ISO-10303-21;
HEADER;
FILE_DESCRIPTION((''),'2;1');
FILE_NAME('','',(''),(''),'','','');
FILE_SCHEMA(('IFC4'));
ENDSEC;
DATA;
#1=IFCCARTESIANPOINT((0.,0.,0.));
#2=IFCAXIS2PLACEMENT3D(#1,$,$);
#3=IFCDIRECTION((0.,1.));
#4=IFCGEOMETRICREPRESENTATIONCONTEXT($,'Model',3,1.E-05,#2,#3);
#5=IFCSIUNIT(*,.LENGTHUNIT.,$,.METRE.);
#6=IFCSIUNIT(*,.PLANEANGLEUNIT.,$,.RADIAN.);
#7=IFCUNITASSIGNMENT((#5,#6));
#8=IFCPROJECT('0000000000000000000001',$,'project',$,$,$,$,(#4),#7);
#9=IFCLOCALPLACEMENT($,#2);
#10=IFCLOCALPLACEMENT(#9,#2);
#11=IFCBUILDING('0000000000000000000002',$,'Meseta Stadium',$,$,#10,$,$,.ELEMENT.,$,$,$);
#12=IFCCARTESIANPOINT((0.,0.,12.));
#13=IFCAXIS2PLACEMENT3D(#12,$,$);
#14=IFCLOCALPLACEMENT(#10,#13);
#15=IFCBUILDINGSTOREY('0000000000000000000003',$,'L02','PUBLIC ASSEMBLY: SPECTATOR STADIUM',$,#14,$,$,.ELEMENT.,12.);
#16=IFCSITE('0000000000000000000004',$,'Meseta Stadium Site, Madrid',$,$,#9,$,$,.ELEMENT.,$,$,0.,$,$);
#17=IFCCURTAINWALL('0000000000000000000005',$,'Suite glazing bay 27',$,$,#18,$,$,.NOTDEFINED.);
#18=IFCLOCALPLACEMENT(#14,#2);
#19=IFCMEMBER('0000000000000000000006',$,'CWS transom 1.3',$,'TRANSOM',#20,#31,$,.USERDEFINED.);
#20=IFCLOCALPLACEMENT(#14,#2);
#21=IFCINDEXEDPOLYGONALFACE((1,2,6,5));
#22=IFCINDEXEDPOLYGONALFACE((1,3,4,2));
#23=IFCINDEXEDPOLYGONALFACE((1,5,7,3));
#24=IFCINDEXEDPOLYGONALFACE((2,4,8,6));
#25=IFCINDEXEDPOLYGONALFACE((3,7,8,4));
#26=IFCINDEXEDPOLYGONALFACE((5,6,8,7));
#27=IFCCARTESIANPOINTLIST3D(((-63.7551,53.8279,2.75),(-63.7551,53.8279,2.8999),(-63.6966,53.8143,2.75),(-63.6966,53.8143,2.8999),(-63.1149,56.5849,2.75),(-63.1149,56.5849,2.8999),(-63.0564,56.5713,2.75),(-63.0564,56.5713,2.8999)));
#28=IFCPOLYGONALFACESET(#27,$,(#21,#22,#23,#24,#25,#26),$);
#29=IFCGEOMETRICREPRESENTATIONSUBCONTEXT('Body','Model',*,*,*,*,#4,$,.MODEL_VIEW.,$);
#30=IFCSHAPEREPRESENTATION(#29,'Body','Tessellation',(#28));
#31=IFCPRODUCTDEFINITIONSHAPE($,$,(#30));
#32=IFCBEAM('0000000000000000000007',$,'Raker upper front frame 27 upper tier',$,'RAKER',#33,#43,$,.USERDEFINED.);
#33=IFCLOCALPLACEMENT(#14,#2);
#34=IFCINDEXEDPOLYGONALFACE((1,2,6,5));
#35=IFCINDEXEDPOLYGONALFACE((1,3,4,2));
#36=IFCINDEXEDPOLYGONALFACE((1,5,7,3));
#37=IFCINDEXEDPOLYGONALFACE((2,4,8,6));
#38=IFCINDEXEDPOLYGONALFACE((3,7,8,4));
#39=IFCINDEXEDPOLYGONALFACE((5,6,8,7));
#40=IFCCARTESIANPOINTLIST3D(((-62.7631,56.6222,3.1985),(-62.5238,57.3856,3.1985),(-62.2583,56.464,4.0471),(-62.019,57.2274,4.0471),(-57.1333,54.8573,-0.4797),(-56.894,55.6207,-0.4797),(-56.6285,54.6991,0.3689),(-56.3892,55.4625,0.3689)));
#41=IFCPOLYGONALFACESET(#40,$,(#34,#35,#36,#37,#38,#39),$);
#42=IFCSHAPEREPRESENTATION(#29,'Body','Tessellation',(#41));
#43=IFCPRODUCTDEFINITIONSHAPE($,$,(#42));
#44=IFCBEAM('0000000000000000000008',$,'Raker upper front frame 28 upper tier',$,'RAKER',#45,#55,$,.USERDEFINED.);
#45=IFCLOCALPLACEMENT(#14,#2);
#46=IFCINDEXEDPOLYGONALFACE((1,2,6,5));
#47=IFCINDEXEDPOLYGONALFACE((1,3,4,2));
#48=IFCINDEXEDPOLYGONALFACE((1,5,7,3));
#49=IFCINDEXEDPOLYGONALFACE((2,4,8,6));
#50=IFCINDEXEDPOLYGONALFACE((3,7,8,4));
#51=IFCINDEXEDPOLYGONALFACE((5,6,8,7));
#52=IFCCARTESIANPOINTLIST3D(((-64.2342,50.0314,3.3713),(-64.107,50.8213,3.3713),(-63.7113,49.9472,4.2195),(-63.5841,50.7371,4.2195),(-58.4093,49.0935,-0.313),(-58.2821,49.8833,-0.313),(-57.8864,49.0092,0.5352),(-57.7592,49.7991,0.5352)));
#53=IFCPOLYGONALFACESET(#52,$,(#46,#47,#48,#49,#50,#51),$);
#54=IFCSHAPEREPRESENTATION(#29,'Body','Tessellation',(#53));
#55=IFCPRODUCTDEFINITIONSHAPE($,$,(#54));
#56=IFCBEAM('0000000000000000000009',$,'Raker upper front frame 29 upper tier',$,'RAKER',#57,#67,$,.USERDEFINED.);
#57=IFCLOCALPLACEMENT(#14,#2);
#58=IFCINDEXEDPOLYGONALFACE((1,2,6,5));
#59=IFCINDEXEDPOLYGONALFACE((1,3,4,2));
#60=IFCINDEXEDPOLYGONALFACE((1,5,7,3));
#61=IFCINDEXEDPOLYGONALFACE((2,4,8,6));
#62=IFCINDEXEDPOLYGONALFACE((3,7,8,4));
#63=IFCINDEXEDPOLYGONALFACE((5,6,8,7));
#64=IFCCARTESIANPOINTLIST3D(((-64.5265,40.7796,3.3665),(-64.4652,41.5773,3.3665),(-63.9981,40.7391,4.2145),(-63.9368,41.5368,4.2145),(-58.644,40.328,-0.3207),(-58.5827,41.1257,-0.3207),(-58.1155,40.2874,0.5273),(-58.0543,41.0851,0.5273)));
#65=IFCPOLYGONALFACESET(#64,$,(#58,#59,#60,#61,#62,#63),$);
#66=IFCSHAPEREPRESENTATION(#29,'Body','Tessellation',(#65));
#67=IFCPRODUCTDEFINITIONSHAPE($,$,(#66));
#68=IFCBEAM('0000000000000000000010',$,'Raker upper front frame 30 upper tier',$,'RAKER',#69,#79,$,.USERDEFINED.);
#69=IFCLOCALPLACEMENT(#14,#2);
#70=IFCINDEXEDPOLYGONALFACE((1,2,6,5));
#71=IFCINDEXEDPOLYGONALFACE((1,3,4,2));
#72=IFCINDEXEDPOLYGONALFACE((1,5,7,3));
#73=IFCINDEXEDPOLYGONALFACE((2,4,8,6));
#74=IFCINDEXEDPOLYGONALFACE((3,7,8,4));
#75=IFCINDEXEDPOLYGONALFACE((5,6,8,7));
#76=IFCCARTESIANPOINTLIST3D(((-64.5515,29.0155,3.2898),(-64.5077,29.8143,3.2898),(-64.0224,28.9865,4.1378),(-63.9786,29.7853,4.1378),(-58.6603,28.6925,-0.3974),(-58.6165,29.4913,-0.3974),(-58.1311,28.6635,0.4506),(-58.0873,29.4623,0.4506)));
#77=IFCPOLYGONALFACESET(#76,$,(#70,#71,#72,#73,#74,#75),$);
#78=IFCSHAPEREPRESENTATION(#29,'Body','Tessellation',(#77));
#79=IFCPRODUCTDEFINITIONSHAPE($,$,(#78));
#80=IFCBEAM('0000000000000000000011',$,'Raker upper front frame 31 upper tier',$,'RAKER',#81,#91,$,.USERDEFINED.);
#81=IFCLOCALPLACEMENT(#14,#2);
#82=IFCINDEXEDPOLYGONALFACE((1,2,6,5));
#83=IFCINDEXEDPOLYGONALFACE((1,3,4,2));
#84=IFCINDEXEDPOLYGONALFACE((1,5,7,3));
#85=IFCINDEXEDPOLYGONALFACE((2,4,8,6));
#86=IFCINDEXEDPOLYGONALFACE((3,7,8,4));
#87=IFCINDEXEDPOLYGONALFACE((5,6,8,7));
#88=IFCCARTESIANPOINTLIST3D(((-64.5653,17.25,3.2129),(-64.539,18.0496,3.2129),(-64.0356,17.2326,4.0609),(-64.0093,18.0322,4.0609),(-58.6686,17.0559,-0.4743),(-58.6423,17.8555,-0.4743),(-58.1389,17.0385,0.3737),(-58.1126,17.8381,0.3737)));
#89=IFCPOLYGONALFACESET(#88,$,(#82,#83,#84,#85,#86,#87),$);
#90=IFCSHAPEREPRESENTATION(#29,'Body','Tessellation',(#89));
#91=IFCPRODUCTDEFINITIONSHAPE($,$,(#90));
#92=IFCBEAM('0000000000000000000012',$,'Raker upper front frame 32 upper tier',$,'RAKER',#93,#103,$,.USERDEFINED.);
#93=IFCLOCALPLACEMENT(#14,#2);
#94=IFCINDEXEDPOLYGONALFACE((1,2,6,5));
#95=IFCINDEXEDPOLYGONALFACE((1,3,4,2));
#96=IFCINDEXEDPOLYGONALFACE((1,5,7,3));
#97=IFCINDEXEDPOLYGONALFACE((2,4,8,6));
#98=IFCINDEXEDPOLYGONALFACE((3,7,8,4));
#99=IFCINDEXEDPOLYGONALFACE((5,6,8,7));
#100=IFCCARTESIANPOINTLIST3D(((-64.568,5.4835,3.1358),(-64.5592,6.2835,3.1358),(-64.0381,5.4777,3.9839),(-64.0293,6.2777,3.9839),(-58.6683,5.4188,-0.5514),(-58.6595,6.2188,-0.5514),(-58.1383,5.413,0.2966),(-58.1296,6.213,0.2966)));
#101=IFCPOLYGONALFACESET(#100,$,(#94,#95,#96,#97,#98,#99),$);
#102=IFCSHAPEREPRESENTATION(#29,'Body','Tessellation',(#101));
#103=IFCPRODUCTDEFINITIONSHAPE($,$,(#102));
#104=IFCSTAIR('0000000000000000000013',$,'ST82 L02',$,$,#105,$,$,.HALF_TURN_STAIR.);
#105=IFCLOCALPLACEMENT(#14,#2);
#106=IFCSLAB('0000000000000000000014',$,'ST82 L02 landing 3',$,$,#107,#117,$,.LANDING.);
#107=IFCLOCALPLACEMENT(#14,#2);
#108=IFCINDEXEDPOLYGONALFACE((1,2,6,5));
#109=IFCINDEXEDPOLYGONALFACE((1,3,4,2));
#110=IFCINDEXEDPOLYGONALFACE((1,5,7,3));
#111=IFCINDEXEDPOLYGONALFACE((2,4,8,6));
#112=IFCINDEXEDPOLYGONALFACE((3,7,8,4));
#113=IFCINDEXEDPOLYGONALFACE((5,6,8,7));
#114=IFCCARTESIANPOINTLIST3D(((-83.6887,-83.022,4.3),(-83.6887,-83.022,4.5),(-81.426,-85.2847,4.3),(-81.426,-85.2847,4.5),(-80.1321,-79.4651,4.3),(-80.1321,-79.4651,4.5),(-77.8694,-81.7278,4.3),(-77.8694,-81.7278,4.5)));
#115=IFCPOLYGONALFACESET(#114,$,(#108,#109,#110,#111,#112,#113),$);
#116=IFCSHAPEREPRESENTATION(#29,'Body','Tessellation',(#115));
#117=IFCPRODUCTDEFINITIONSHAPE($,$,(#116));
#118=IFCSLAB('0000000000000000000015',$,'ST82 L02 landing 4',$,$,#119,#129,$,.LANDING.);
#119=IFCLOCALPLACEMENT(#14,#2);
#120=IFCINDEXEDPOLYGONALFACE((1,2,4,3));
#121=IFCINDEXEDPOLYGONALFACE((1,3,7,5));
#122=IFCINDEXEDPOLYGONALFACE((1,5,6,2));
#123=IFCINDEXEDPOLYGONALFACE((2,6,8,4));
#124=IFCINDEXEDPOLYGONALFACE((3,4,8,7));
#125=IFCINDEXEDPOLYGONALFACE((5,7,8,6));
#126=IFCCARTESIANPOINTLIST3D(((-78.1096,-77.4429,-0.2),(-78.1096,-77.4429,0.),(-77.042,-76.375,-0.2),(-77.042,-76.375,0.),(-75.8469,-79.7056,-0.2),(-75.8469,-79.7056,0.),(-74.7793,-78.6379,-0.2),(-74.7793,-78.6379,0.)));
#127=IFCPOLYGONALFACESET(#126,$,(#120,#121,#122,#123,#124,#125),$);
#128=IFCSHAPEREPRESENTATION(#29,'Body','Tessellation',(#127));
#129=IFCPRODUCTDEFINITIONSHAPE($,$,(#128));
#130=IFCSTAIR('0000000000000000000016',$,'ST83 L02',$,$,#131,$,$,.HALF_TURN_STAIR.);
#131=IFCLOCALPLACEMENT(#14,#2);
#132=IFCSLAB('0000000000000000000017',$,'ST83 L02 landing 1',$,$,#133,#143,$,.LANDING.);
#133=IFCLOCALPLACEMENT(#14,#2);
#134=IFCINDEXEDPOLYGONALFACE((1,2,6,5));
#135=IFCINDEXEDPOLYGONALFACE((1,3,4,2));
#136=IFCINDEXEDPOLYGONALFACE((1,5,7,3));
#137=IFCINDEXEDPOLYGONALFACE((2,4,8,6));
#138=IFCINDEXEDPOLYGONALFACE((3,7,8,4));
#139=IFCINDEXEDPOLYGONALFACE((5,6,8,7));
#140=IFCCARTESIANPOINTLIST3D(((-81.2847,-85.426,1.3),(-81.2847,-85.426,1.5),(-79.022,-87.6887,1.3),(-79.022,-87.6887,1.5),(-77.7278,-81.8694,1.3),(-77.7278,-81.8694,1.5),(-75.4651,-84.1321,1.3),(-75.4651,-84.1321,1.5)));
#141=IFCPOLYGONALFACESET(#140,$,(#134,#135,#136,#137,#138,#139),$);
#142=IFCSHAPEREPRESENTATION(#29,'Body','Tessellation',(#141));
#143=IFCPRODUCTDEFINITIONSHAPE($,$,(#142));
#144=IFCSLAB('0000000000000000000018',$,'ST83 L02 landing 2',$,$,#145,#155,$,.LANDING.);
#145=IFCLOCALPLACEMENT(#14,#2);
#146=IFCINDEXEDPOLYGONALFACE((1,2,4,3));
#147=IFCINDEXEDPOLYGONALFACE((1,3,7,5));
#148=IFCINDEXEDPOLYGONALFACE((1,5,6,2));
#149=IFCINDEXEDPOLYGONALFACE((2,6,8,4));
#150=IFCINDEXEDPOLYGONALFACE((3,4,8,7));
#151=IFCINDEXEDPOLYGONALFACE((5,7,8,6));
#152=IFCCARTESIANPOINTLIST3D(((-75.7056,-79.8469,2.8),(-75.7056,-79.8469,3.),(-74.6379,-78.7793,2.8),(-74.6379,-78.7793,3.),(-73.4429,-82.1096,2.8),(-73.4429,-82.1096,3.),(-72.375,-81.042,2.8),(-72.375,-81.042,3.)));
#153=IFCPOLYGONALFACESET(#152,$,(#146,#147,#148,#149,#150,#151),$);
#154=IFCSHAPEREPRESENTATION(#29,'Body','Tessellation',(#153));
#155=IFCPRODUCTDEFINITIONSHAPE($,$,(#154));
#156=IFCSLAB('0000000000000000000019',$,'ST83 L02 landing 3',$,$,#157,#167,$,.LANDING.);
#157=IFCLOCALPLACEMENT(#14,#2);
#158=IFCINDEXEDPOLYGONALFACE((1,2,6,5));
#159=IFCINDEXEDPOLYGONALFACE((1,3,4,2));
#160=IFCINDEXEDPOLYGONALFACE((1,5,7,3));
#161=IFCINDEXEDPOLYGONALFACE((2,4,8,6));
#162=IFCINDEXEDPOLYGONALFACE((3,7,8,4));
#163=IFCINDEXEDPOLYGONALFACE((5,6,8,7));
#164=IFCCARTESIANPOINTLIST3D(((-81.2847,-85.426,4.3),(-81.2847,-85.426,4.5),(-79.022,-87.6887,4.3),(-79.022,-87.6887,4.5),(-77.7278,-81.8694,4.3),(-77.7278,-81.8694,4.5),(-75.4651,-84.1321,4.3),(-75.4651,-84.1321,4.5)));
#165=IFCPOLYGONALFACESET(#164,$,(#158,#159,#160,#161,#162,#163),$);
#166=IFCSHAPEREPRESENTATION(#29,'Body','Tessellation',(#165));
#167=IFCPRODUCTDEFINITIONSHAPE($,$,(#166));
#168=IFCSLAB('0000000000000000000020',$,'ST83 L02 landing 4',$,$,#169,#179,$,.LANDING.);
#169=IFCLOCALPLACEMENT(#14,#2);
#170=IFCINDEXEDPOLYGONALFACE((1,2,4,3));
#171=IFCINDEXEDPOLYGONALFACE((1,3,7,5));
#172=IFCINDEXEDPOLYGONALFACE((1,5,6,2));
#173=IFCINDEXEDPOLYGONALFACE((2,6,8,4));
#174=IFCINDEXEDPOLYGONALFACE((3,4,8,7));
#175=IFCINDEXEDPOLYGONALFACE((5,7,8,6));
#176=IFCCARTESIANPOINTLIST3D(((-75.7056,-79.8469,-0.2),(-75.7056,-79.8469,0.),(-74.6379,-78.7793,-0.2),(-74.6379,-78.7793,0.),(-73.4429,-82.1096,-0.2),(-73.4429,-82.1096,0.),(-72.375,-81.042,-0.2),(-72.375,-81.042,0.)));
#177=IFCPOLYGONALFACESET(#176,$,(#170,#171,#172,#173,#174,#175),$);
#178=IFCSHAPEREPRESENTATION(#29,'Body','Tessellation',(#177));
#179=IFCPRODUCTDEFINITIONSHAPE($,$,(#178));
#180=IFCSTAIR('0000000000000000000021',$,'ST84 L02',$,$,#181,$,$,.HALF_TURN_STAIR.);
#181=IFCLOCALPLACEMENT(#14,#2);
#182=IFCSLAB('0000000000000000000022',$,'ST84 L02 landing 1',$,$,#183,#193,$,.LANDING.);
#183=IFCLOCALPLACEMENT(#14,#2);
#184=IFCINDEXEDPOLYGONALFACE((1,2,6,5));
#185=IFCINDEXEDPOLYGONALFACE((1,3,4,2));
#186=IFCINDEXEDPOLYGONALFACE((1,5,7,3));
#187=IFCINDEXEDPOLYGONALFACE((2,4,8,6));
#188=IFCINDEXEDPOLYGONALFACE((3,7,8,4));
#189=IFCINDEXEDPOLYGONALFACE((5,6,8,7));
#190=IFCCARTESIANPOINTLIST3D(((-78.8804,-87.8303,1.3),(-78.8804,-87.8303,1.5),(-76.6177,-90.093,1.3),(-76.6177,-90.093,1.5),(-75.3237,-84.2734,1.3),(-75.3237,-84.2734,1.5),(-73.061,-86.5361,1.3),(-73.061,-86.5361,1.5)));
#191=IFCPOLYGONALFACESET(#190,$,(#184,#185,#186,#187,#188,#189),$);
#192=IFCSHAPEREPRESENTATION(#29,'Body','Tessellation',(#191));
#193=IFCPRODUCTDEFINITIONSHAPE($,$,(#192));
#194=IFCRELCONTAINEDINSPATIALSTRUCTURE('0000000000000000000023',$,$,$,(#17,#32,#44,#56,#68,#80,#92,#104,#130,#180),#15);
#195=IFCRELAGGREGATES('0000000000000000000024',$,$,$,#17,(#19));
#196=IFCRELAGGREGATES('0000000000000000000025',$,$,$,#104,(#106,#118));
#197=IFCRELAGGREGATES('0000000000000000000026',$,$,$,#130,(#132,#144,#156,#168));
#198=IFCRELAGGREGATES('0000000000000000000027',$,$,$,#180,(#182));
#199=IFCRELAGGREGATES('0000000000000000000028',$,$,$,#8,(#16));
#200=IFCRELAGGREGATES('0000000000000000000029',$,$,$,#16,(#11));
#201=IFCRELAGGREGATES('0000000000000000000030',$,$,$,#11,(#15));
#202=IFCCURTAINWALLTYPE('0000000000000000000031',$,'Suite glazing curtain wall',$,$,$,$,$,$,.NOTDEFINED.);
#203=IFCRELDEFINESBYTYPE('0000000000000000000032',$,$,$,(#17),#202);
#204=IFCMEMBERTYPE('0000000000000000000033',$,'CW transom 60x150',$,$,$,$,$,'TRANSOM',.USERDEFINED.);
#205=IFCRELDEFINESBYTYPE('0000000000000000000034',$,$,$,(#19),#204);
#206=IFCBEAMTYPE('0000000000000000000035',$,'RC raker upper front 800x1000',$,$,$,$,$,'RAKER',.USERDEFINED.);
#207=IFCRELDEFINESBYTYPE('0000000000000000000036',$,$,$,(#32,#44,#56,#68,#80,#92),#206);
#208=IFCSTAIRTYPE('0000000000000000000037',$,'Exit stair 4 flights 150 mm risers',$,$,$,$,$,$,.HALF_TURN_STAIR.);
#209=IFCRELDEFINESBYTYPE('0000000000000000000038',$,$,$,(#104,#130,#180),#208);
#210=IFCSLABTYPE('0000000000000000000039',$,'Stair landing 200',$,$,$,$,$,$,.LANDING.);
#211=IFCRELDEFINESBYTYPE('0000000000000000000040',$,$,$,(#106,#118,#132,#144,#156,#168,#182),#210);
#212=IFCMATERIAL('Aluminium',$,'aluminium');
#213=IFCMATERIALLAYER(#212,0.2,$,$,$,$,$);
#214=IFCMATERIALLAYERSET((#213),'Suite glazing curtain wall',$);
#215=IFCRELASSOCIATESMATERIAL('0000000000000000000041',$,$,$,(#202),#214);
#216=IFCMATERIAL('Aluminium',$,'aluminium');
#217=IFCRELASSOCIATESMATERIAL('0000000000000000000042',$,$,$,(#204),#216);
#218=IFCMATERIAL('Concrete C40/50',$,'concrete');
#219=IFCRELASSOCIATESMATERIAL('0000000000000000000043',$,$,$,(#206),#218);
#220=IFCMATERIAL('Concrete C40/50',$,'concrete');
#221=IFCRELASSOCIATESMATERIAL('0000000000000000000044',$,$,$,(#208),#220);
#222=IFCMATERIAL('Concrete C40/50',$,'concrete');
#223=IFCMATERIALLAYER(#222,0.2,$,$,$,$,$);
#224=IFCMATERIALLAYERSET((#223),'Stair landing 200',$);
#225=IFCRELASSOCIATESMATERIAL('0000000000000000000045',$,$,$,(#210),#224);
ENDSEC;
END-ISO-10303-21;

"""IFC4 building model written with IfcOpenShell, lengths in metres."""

from ifc_helpers import new_model, si_unit, direction, frame, origin, origin_2d, place, context, subcontext, project, spatial, polyline, rectangle, outline, extrude, material, layer, layer_set, material_profile, profile_set, type_object, element, aggregate, save


model = new_model("IFC4")

# Units and contexts
model_context = context("Model", 3, precision=1e-05, world=origin(), true_north=direction((0.0, 1.0)))
body_context = subcontext(model_context, "Body", "Model", "MODEL_VIEW")
ifc_project = project(units=[si_unit("LENGTHUNIT", "METRE"), si_unit("PLANEANGLEUNIT", "RADIAN")], contexts=[model_context])

# Site, building, storey
site_placement = place(None, origin())
site = spatial("IfcSite", under=ifc_project, at=site_placement, Name="Meseta Stadium Site, Madrid", CompositionType="ELEMENT", RefElevation=0.0)
building_placement = place(site_placement, origin())
building = spatial("IfcBuilding", under=site, at=building_placement, Name="Meseta Stadium", CompositionType="ELEMENT")
storey_placement = place(building_placement, frame((0.0, 0.0, 12.0)))
storey = spatial("IfcBuildingStorey", under=building, at=storey_placement, Name="L02", Description="PUBLIC ASSEMBLY: SPECTATOR STADIUM", CompositionType="ELEMENT", Elevation=12.0)

# Curtain wall, member
ifc_material_1 = material(Name="Aluminium", Category="aluminium")
ifc_layer_1 = layer(ifc_material_1, 0.2)
ifc_layer_set_1 = layer_set([ifc_layer_1], Name="Suite glazing curtain wall")
curtain_wall_type = type_object("IfcCurtainWallType", Name="Suite glazing curtain wall", PredefinedType="NOTDEFINED", material=ifc_layer_set_1)
curtain_wall_placement = place(storey_placement, origin())
curtain_wall = element("IfcCurtainWall", 1, at=curtain_wall_placement, inside=storey, type_object=curtain_wall_type, Name="Suite glazing bay 27", PredefinedType="NOTDEFINED")
ifc_material_2 = material(Name="Aluminium", Category="aluminium")
ifc_material_profile_1 = material_profile(ifc_material_2, rectangle(XDim=0.0601, YDim=0.1499, at=origin_2d()), Name="CW 60x150")
ifc_profile_set_1 = profile_set([ifc_material_profile_1], Name="Aluminium")
member_type = type_object("IfcMemberType", Name="CW transom 60x150", ElementType="TRANSOM", PredefinedType="USERDEFINED", material=ifc_profile_set_1)
member_placement = place(storey_placement, frame((-63.0857, 56.5781, 2.825), z_axis=(-0.226163, -0.974089, 0.0), x_axis=(0.974089, -0.226163, 0.0)))
member = element("IfcMember", 2, at=member_placement, type_object=member_type, Name="CWS transom 1.3", ObjectType="TRANSOM", PredefinedType="USERDEFINED", context=body_context, shape_type="SweptSolid", body=[
    extrude(rectangle(XDim=0.0601, YDim=0.1499, at=origin_2d()), origin(), (0.0, 0.0, 1.0), 2.8303),
])
aggregate(curtain_wall, [member])

# Beams
ifc_material_3 = material(Name="Concrete C40/50", Category="concrete")
ifc_material_profile_2 = material_profile(ifc_material_3, rectangle(XDim=0.8, YDim=1.0, at=origin_2d()), Name="RC 800x1000")
ifc_profile_set_2 = profile_set([ifc_material_profile_2], Name="Concrete C40/50")
beam_type = type_object("IfcBeamType", Name="RC raker upper front 800x1000", ElementType="RAKER", PredefinedType="USERDEFINED", material=ifc_profile_set_2)
beam_1_placement = place(storey_placement, frame((-56.7612, 55.1599, -0.0554), z_axis=(-0.809743, 0.253844, 0.529037), x_axis=(-0.299133, -0.954212, 0.0)))
element("IfcBeam", 3, at=beam_1_placement, inside=storey, type_object=beam_type, Name="Raker upper front frame 27 upper tier", ObjectType="RAKER", PredefinedType="USERDEFINED", context=body_context, shape_type="SweptSolid", body=[
    extrude(rectangle(XDim=0.8, YDim=1.0, at=origin_2d()), origin(), (0.0, 0.0, 1.0), 6.9526),
])
beam_2_placement = place(storey_placement, frame((-58.0842, 49.4463, 0.1111), z_axis=(-0.837415, 0.134848, 0.529671), x_axis=(-0.158981, -0.987282, 0.0)))
element("IfcBeam", 4, at=beam_2_placement, inside=storey, type_object=beam_type, Name="Raker upper front frame 28 upper tier", ObjectType="RAKER", PredefinedType="USERDEFINED", context=body_context, shape_type="SweptSolid", body=[
    extrude(rectangle(XDim=0.8, YDim=1.0, at=origin_2d()), origin(), (0.0, 0.0, 1.0), 6.9558),
])
beam_3_placement = place(storey_placement, frame((-58.3491, 40.7065, 0.1033), z_axis=(-0.845521, 0.064919, 0.529981), x_axis=(-0.076554, -0.997065, 0.0)))
element("IfcBeam", 5, at=beam_3_placement, inside=storey, type_object=beam_type, Name="Raker upper front frame 29 upper tier", ObjectType="RAKER", PredefinedType="USERDEFINED", context=body_context, shape_type="SweptSolid", body=[
    extrude(rectangle(XDim=0.8, YDim=1.0, at=origin_2d()), origin(), (0.0, 0.0, 1.0), 6.9573),
])
beam_4_placement = place(storey_placement, frame((-58.3738, 29.0774, 0.0266), z_axis=(-0.846751, 0.046424, 0.52996), x_axis=(-0.054744, -0.9985, 0.0)))
element("IfcBeam", 6, at=beam_4_placement, inside=storey, type_object=beam_type, Name="Raker upper front frame 30 upper tier", ObjectType="RAKER", PredefinedType="USERDEFINED", context=body_context, shape_type="SweptSolid", body=[
    extrude(rectangle(XDim=0.8, YDim=1.0, at=origin_2d()), origin(), (0.0, 0.0, 1.0), 6.9575),
])
beam_5_placement = place(storey_placement, frame((-58.3906, 17.447, -0.0503), z_axis=(-0.847552, 0.027897, 0.529979), x_axis=(-0.032897, -0.999459, 0.0)))
element("IfcBeam", 7, at=beam_5_placement, inside=storey, type_object=beam_type, Name="Raker upper front frame 31 upper tier", ObjectType="RAKER", PredefinedType="USERDEFINED", context=body_context, shape_type="SweptSolid", body=[
    extrude(rectangle(XDim=0.8, YDim=1.0, at=origin_2d()), origin(), (0.0, 0.0, 1.0), 6.9573),
])
beam_6_placement = place(storey_placement, frame((-58.3989, 5.8159, -0.1274), z_axis=(-0.847964, 0.009299, 0.529973), x_axis=(-0.010966, -0.99994, 0.0)))
element("IfcBeam", 8, at=beam_6_placement, inside=storey, type_object=beam_type, Name="Raker upper front frame 32 upper tier", ObjectType="RAKER", PredefinedType="USERDEFINED", context=body_context, shape_type="SweptSolid", body=[
    extrude(rectangle(XDim=0.8, YDim=1.0, at=origin_2d()), origin(), (0.0, 0.0, 1.0), 6.9575),
])

# Stairs, slabs
ifc_material_4 = material(Name="Concrete C40/50", Category="concrete")
stair_type = type_object("IfcStairType", Name="Exit stair 4 flights 150 mm risers", PredefinedType="HALF_TURN_STAIR", material=ifc_material_4)
stair_1_placement = place(storey_placement, origin())
stair_1 = element("IfcStair", 9, at=stair_1_placement, inside=storey, type_object=stair_type, Name="ST82 L02", PredefinedType="HALF_TURN_STAIR")
ifc_material_5 = material(Name="Concrete C40/50", Category="concrete")
ifc_layer_2 = layer(ifc_material_5, 0.2)
ifc_layer_set_2 = layer_set([ifc_layer_2], Name="Stair landing 200")
slab_type_1 = type_object("IfcSlabType", Name="Stair landing 200", PredefinedType="LANDING", material=ifc_layer_set_2)
slab_1_placement = place(storey_placement, frame((0.0, 0.0, 4.3)))
slab_1 = element("IfcSlab", 10, at=slab_1_placement, type_object=slab_type_1, Name="ST82 L02 landing 3", PredefinedType="LANDING", context=body_context, shape_type="SweptSolid", body=[
    extrude(outline(polyline([(-80.1321, -79.4651), (-83.6887, -83.022), (-81.426, -85.2847), (-77.8694, -81.7278), (-80.1321, -79.4651)])), origin(), (0.0, 0.0, 1.0), 0.2),
])
slab_2_placement = place(storey_placement, frame((0.0, 0.0, -0.2)))
slab_2 = element("IfcSlab", 11, at=slab_2_placement, type_object=slab_type_1, Name="ST82 L02 landing 4", PredefinedType="LANDING", context=body_context, shape_type="SweptSolid", body=[
    extrude(outline(polyline([(-77.042, -76.375), (-78.1096, -77.4429), (-75.8469, -79.7056), (-74.7793, -78.6379), (-77.042, -76.375)])), origin(), (0.0, 0.0, 1.0), 0.2),
])
aggregate(stair_1, [slab_1, slab_2])
stair_2_placement = place(storey_placement, origin())
stair_2 = element("IfcStair", 12, at=stair_2_placement, inside=storey, type_object=stair_type, Name="ST83 L02", PredefinedType="HALF_TURN_STAIR")
slab_3_placement = place(storey_placement, frame((0.0, 0.0, 1.3)))
slab_3 = element("IfcSlab", 13, at=slab_3_placement, type_object=slab_type_1, Name="ST83 L02 landing 1", PredefinedType="LANDING", context=body_context, shape_type="SweptSolid", body=[
    extrude(outline(polyline([(-77.7278, -81.8694), (-81.2847, -85.426), (-79.022, -87.6887), (-75.4651, -84.1321), (-77.7278, -81.8694)])), origin(), (0.0, 0.0, 1.0), 0.2),
])
slab_4_placement = place(storey_placement, frame((0.0, 0.0, 2.8)))
slab_4 = element("IfcSlab", 14, at=slab_4_placement, type_object=slab_type_1, Name="ST83 L02 landing 2", PredefinedType="LANDING", context=body_context, shape_type="SweptSolid", body=[
    extrude(outline(polyline([(-74.6379, -78.7793), (-75.7056, -79.8469), (-73.4429, -82.1096), (-72.375, -81.042), (-74.6379, -78.7793)])), origin(), (0.0, 0.0, 1.0), 0.2),
])
slab_5_placement = place(storey_placement, frame((0.0, 0.0, 4.3)))
slab_5 = element("IfcSlab", 15, at=slab_5_placement, type_object=slab_type_1, Name="ST83 L02 landing 3", PredefinedType="LANDING", context=body_context, shape_type="SweptSolid", body=[
    extrude(outline(polyline([(-77.7278, -81.8694), (-81.2847, -85.426), (-79.022, -87.6887), (-75.4651, -84.1321), (-77.7278, -81.8694)])), origin(), (0.0, 0.0, 1.0), 0.2),
])
slab_6_placement = place(storey_placement, frame((0.0, 0.0, -0.2)))
slab_6 = element("IfcSlab", 16, at=slab_6_placement, type_object=slab_type_1, Name="ST83 L02 landing 4", PredefinedType="LANDING", context=body_context, shape_type="SweptSolid", body=[
    extrude(outline(polyline([(-74.6379, -78.7793), (-75.7056, -79.8469), (-73.4429, -82.1096), (-72.375, -81.042), (-74.6379, -78.7793)])), origin(), (0.0, 0.0, 1.0), 0.2),
])
aggregate(stair_2, [slab_3, slab_4, slab_5, slab_6])
stair_3_placement = place(storey_placement, origin())
stair_3 = element("IfcStair", 17, at=stair_3_placement, inside=storey, type_object=stair_type, Name="ST84 L02", PredefinedType="HALF_TURN_STAIR")
slab_7_placement = place(storey_placement, frame((0.0, 0.0, 1.3)))
slab_7 = element("IfcSlab", 18, at=slab_7_placement, type_object=slab_type_1, Name="ST84 L02 landing 1", PredefinedType="LANDING", context=body_context, shape_type="SweptSolid", body=[
    extrude(outline(polyline([(-75.3237, -84.2734), (-78.8804, -87.8303), (-76.6177, -90.093), (-73.061, -86.5361), (-75.3237, -84.2734)])), origin(), (0.0, 0.0, 1.0), 0.2),
])
aggregate(stair_3, [slab_7])

save(model, "model.ifc")
